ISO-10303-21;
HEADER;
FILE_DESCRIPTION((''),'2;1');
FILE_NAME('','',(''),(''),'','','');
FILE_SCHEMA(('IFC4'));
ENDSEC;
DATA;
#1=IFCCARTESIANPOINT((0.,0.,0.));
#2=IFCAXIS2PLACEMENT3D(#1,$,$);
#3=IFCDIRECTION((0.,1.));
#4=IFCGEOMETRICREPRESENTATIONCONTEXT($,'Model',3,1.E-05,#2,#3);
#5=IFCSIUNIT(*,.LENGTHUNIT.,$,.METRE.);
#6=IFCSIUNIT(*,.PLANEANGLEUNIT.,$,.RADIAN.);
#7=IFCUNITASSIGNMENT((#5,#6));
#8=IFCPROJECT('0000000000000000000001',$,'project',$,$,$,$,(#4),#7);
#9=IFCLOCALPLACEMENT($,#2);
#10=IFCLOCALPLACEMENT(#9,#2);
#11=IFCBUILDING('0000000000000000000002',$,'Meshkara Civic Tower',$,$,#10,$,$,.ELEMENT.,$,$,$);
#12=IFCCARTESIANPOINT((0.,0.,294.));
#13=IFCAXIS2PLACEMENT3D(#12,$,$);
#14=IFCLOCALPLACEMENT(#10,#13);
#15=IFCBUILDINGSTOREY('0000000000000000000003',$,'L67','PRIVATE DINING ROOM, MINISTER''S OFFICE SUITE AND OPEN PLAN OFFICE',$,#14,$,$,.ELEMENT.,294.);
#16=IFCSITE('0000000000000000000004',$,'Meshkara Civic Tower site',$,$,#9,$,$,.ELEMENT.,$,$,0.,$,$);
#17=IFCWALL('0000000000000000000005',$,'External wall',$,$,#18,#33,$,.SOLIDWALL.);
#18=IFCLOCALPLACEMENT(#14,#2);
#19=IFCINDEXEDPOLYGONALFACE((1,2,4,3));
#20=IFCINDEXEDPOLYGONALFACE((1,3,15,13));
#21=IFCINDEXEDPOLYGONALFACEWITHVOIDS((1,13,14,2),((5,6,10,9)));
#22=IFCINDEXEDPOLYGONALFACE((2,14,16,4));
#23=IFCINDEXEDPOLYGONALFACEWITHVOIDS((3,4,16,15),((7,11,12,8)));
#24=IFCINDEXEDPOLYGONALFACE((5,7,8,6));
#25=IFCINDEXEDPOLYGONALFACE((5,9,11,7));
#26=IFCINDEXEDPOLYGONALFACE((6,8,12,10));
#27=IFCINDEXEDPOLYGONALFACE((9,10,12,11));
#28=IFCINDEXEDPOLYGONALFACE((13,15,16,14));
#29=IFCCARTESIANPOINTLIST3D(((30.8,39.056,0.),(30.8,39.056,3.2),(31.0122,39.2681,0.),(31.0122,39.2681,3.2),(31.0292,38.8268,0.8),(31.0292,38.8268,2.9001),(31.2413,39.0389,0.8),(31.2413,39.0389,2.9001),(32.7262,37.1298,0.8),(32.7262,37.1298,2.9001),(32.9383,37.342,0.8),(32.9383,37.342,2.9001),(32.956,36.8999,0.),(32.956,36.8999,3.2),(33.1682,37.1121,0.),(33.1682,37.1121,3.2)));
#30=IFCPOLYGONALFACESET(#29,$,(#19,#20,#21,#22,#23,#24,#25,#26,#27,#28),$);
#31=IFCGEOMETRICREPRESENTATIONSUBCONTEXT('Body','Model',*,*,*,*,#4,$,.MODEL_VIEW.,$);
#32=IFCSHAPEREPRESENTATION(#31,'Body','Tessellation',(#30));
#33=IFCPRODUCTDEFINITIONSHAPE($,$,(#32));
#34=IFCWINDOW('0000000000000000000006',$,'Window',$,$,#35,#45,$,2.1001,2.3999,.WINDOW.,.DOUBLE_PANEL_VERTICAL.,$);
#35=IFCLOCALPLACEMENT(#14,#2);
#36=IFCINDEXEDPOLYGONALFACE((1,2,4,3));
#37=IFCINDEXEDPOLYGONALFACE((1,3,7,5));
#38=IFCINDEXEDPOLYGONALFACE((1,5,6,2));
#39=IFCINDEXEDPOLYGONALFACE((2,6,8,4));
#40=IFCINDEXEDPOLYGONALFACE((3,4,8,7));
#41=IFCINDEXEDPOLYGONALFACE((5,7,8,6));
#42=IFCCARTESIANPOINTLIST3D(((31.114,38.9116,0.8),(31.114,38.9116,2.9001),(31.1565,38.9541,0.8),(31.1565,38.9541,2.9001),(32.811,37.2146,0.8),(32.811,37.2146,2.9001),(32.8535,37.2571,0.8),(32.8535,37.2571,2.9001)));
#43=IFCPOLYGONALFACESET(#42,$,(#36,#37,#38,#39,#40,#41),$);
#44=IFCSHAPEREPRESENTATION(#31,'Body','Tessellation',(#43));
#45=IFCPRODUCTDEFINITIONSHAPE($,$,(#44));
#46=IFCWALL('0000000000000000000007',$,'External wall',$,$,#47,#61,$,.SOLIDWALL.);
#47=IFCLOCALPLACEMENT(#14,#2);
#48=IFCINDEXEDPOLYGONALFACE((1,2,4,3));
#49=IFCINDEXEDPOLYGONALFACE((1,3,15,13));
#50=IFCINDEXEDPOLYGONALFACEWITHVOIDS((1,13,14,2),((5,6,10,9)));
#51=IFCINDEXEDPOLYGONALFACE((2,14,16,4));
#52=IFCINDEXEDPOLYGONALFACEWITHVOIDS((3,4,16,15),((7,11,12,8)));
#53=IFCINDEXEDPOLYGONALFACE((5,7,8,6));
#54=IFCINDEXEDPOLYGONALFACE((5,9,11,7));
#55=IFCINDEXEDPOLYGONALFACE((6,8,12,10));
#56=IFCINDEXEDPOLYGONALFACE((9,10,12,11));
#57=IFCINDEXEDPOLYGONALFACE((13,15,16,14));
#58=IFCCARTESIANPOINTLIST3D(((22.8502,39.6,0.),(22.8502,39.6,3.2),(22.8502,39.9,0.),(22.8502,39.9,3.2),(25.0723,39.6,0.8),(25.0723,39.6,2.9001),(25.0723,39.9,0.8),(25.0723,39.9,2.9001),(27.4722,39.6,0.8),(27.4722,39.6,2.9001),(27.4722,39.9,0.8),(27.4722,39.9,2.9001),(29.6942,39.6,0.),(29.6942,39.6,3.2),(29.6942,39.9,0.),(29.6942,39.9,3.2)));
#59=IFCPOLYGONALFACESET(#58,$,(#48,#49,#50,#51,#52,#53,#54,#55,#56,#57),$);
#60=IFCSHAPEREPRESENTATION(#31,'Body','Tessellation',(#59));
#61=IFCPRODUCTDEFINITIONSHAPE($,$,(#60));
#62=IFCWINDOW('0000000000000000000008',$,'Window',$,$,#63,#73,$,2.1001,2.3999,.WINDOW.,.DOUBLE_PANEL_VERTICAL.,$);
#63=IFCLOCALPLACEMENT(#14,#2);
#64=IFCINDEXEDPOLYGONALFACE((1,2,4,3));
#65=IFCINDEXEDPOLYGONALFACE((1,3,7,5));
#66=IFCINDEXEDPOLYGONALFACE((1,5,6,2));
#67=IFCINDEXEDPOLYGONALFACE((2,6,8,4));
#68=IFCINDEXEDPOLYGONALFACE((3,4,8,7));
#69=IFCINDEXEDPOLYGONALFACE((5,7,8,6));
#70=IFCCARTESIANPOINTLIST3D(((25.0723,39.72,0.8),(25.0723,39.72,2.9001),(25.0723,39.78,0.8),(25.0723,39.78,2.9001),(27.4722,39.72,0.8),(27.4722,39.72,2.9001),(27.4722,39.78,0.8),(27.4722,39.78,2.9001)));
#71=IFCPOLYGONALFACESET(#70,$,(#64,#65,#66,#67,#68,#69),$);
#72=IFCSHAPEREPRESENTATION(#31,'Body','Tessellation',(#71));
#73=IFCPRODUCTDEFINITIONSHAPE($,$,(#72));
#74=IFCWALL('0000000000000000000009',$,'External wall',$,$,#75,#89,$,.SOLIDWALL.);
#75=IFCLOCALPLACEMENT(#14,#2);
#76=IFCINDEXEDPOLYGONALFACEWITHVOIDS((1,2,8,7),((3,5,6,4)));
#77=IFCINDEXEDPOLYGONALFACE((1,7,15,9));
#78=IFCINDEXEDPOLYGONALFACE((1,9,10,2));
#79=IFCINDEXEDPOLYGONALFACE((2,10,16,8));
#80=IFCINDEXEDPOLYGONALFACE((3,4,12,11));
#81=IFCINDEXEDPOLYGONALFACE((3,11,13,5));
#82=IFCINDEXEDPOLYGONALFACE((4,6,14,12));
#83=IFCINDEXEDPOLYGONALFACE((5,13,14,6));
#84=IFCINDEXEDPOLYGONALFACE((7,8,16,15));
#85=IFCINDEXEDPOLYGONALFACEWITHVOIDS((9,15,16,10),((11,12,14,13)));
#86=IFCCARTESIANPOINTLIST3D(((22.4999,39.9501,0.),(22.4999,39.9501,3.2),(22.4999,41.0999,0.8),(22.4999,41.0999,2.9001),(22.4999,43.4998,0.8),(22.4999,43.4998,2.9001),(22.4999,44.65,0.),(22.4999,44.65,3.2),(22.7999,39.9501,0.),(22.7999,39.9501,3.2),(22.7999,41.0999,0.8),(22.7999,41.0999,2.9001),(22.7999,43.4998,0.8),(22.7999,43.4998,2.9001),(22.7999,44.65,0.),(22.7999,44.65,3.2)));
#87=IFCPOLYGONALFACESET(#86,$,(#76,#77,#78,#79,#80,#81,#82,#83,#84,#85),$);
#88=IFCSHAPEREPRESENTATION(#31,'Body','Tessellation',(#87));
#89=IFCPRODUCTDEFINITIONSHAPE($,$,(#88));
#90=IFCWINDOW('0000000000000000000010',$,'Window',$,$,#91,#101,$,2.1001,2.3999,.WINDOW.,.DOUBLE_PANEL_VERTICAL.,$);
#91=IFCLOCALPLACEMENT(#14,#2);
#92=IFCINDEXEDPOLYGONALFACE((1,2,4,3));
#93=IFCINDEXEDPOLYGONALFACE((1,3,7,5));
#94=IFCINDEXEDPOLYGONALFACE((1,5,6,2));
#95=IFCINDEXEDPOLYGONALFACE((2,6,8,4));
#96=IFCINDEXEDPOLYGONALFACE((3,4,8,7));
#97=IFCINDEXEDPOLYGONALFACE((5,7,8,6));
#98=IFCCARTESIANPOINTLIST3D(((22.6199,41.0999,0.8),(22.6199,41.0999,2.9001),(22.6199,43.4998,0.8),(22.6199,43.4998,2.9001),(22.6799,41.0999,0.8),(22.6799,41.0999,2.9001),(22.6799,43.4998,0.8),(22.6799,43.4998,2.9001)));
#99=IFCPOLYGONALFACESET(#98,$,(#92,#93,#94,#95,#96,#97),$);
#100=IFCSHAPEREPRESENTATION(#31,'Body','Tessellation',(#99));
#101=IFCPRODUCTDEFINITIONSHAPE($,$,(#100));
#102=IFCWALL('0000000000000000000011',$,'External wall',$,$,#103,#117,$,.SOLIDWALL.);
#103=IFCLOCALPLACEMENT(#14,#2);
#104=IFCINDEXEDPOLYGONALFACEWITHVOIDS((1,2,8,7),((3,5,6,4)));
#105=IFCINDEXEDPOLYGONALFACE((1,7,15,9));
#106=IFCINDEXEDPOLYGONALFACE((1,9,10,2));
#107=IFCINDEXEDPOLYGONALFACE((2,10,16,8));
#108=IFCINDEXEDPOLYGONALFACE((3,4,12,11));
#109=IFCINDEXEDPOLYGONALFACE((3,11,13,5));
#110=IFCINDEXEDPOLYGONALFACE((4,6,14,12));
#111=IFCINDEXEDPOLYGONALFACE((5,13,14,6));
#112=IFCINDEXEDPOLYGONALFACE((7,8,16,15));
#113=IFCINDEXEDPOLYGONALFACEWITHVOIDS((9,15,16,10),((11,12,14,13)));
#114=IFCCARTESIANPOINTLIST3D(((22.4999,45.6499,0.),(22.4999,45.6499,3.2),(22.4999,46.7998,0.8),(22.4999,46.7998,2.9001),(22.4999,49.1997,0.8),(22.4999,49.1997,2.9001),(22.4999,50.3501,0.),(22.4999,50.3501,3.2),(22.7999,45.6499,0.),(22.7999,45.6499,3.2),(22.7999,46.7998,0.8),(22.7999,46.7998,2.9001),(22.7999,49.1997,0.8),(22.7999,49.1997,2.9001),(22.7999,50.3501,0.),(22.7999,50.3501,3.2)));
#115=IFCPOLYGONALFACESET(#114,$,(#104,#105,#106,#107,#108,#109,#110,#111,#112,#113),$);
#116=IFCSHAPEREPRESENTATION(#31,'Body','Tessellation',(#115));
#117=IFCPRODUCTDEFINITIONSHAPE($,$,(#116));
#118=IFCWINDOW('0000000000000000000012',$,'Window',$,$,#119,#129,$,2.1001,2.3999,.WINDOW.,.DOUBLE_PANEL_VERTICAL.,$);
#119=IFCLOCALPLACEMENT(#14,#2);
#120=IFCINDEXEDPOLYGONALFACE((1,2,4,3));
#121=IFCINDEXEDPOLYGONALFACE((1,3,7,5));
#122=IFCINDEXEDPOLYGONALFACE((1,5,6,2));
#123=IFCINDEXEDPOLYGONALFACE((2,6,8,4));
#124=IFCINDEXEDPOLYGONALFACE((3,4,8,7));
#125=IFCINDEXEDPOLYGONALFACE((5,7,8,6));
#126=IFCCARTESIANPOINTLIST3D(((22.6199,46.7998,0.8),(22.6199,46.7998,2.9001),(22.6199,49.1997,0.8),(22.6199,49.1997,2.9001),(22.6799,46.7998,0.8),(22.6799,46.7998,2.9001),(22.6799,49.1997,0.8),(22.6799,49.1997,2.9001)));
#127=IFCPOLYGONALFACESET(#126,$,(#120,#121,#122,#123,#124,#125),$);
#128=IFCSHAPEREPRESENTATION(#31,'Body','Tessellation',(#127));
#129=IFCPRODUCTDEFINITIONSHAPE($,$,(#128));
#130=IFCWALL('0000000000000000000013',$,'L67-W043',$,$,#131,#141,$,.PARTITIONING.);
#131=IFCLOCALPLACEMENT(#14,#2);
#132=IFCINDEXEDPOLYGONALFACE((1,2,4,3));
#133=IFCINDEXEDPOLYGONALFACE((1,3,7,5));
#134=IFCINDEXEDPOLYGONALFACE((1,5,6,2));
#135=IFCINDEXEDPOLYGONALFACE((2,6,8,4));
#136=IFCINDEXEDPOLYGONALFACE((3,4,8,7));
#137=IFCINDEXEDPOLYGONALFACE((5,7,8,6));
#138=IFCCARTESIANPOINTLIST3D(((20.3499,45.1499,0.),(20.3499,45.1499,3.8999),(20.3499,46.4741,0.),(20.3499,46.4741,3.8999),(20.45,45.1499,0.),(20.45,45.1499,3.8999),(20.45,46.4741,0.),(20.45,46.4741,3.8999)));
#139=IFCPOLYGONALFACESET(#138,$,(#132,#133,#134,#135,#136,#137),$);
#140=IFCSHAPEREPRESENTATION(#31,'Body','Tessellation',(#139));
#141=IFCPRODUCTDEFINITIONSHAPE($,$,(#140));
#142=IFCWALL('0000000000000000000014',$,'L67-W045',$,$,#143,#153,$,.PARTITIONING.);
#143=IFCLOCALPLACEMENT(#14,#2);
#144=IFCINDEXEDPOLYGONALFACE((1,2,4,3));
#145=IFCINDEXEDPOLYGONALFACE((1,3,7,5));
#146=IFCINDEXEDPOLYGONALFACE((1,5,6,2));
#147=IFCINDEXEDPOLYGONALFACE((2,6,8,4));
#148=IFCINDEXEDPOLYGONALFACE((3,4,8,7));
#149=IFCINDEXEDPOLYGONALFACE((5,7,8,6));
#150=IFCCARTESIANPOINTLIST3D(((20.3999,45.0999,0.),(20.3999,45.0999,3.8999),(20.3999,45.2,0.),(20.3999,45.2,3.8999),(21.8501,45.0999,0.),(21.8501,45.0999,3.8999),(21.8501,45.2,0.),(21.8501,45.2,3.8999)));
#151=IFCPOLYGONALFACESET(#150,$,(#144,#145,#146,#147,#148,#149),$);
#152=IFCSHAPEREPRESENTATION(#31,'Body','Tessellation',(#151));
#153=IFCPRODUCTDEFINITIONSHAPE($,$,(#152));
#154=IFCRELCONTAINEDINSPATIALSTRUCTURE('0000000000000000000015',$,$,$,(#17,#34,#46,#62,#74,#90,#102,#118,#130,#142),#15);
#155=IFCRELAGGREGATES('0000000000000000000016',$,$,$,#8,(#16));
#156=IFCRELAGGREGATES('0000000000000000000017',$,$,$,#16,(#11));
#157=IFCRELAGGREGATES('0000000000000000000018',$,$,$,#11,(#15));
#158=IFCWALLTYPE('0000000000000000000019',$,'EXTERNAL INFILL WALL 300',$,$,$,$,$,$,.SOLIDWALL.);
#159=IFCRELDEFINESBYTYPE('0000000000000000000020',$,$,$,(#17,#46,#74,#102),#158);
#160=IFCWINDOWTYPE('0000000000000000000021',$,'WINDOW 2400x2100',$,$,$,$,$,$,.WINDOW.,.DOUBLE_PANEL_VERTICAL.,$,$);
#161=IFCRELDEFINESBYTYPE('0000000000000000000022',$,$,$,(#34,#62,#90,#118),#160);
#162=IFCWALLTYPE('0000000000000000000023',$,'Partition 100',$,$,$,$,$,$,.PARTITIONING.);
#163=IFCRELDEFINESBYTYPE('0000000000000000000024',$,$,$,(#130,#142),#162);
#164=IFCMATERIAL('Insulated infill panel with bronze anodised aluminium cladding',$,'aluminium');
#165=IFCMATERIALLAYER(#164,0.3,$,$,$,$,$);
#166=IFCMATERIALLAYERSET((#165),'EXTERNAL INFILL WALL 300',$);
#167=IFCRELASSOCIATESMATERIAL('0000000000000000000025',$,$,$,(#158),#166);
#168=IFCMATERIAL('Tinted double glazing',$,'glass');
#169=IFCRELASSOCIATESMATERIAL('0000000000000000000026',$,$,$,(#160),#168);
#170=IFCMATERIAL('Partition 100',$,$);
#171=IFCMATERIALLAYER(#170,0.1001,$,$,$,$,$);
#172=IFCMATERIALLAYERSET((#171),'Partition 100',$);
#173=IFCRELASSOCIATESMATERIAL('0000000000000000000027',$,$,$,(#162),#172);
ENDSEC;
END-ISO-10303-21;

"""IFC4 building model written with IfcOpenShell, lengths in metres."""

from ifc_helpers import new_model, si_unit, direction, frame, frame_2d, origin, place, context, subcontext, project, spatial, rectangle, extrude, material, layer, layer_set, type_object, element, fill, save


model = new_model("IFC4")

# Units and contexts
model_context = context("Model", 3, precision=1e-05, world=origin(), true_north=direction((0.0, 1.0)))
body_context = subcontext(model_context, "Body", "Model", "MODEL_VIEW")
ifc_project = project(units=[si_unit("LENGTHUNIT", "METRE"), si_unit("PLANEANGLEUNIT", "RADIAN")], contexts=[model_context])

# Site, building, storey
site_placement = place(None, origin())
site = spatial("IfcSite", under=ifc_project, at=site_placement, Name="Meshkara Civic Tower site", CompositionType="ELEMENT", RefElevation=0.0)
building_placement = place(site_placement, origin())
building = spatial("IfcBuilding", under=site, at=building_placement, Name="Meshkara Civic Tower", CompositionType="ELEMENT")
storey_placement = place(building_placement, frame((0.0, 0.0, 294.0)))
storey = spatial("IfcBuildingStorey", under=building, at=storey_placement, Name="L67", Description="PRIVATE DINING ROOM, MINISTER'S OFFICE SUITE AND OPEN PLAN OFFICE", CompositionType="ELEMENT", Elevation=294.0)

# Walls, openings, windows
ifc_material_1 = material(Name="Insulated infill panel with bronze anodised aluminium cladding", Category="aluminium")
ifc_layer_1 = layer(ifc_material_1, 0.3)
ifc_layer_set_1 = layer_set([ifc_layer_1], Name="EXTERNAL INFILL WALL 300")
wall_type_1 = type_object("IfcWallType", Name="EXTERNAL INFILL WALL 300", PredefinedType="SOLIDWALL", material=ifc_layer_set_1)
wall_1_placement = place(storey_placement, frame((33.062, 37.0061, 0.0), z_axis=(0.0, 0.0, 1.0), x_axis=(-0.707107, 0.707107, 0.0)))
wall_1 = element("IfcWall", 1, at=wall_1_placement, inside=storey, type_object=wall_type_1, Name="External wall", PredefinedType="SOLIDWALL", context=body_context, shape_type="SweptSolid", body=[
    extrude(rectangle(XDim=3.0491, YDim=0.3, at=frame_2d((1.5244, 0.0))), origin(), (0.0, 0.0, 1.0), 3.2),
])
opening_1_placement = place(wall_1_placement, frame((0.325, 0.0, 0.8)))
opening_1 = element("IfcOpeningElement", 2, at=opening_1_placement, cuts=wall_1, PredefinedType="OPENING", context=body_context, shape_type="SweptSolid", body=[
    extrude(rectangle(XDim=2.3999, YDim=2.1001, at=frame_2d((1.2, 1.05))), frame((0.0, 0.1599, 0.0), z_axis=(0.0, -1.0, 0.0), x_axis=(1.0, 0.0, 0.0)), (0.0, 0.0, 1.0), 0.3201),
])
ifc_material_2 = material(Name="Tinted double glazing", Category="glass")
window_type = type_object("IfcWindowType", Name="WINDOW 2400x2100", PartitioningType="DOUBLE_PANEL_VERTICAL", PredefinedType="WINDOW", material=ifc_material_2)
window_1_placement = place(opening_1_placement, origin())
window_1 = element("IfcWindow", 3, at=window_1_placement, inside=storey, type_object=window_type, Name="Window", OverallHeight=2.1001, OverallWidth=2.3999, PartitioningType="DOUBLE_PANEL_VERTICAL", PredefinedType="WINDOW", context=body_context, shape_type="SweptSolid", body=[
    extrude(rectangle(XDim=2.3999, YDim=2.1001, at=frame_2d((1.2, 1.05))), frame((0.0, 0.03, 0.0), z_axis=(0.0, -1.0, 0.0), x_axis=(1.0, 0.0, 0.0)), (0.0, 0.0, 1.0), 0.0601),
])
fill(opening_1, window_1)
wall_2_placement = place(storey_placement, frame((29.6941, 39.75, 0.0), z_axis=(0.0, 0.0, 1.0), x_axis=(-1.0, 0.0, 0.0)))
wall_2 = element("IfcWall", 4, at=wall_2_placement, inside=storey, type_object=wall_type_1, Name="External wall", PredefinedType="SOLIDWALL", context=body_context, shape_type="SweptSolid", body=[
    extrude(rectangle(XDim=6.844, YDim=0.3, at=frame_2d((3.4219, 0.0))), origin(), (0.0, 0.0, 1.0), 3.2),
])
opening_2_placement = place(wall_2_placement, frame((2.2219, 0.0, 0.8)))
opening_2 = element("IfcOpeningElement", 5, at=opening_2_placement, cuts=wall_2, PredefinedType="OPENING", context=body_context, shape_type="SweptSolid", body=[
    extrude(rectangle(XDim=2.3999, YDim=2.1001, at=frame_2d((1.2, 1.05))), frame((0.0, 0.1599, 0.0), z_axis=(0.0, -1.0, 0.0), x_axis=(1.0, 0.0, 0.0)), (0.0, 0.0, 1.0), 0.3201),
])
window_2_placement = place(opening_2_placement, origin())
window_2 = element("IfcWindow", 6, at=window_2_placement, inside=storey, type_object=window_type, Name="Window", OverallHeight=2.1001, OverallWidth=2.3999, PartitioningType="DOUBLE_PANEL_VERTICAL", PredefinedType="WINDOW", context=body_context, shape_type="SweptSolid", body=[
    extrude(rectangle(XDim=2.3999, YDim=2.1001, at=frame_2d((1.2, 1.05))), frame((0.0, 0.03, 0.0), z_axis=(0.0, -1.0, 0.0), x_axis=(1.0, 0.0, 0.0)), (0.0, 0.0, 1.0), 0.0601),
])
fill(opening_2, window_2)
wall_3_placement = place(storey_placement, frame((22.6499, 39.95, 0.0), z_axis=(0.0, 0.0, 1.0), x_axis=(0.0, 1.0, 0.0)))
wall_3 = element("IfcWall", 7, at=wall_3_placement, inside=storey, type_object=wall_type_1, Name="External wall", PredefinedType="SOLIDWALL", context=body_context, shape_type="SweptSolid", body=[
    extrude(rectangle(XDim=4.7, YDim=0.3, at=frame_2d((2.3501, 0.0))), origin(), (0.0, 0.0, 1.0), 3.2),
])
opening_3_placement = place(wall_3_placement, frame((1.1499, 0.0, 0.8)))
opening_3 = element("IfcOpeningElement", 8, at=opening_3_placement, cuts=wall_3, PredefinedType="OPENING", context=body_context, shape_type="SweptSolid", body=[
    extrude(rectangle(XDim=2.3999, YDim=2.1001, at=frame_2d((1.2, 1.05))), frame((0.0, 0.1599, 0.0), z_axis=(0.0, -1.0, 0.0), x_axis=(1.0, 0.0, 0.0)), (0.0, 0.0, 1.0), 0.3201),
])
window_3_placement = place(opening_3_placement, origin())
window_3 = element("IfcWindow", 9, at=window_3_placement, inside=storey, type_object=window_type, Name="Window", OverallHeight=2.1001, OverallWidth=2.3999, PartitioningType="DOUBLE_PANEL_VERTICAL", PredefinedType="WINDOW", context=body_context, shape_type="SweptSolid", body=[
    extrude(rectangle(XDim=2.3999, YDim=2.1001, at=frame_2d((1.2, 1.05))), frame((0.0, 0.03, 0.0), z_axis=(0.0, -1.0, 0.0), x_axis=(1.0, 0.0, 0.0)), (0.0, 0.0, 1.0), 0.0601),
])
fill(opening_3, window_3)
wall_4_placement = place(storey_placement, frame((22.6499, 45.6499, 0.0), z_axis=(0.0, 0.0, 1.0), x_axis=(0.0, 1.0, 0.0)))
wall_4 = element("IfcWall", 10, at=wall_4_placement, inside=storey, type_object=wall_type_1, Name="External wall", PredefinedType="SOLIDWALL", context=body_context, shape_type="SweptSolid", body=[
    extrude(rectangle(XDim=4.7002, YDim=0.3, at=frame_2d((2.3501, 0.0))), origin(), (0.0, 0.0, 1.0), 3.2),
])
opening_4_placement = place(wall_4_placement, frame((1.1499, 0.0, 0.8)))
opening_4 = element("IfcOpeningElement", 11, at=opening_4_placement, cuts=wall_4, PredefinedType="OPENING", context=body_context, shape_type="SweptSolid", body=[
    extrude(rectangle(XDim=2.3999, YDim=2.1001, at=frame_2d((1.2, 1.05))), frame((0.0, 0.1599, 0.0), z_axis=(0.0, -1.0, 0.0), x_axis=(1.0, 0.0, 0.0)), (0.0, 0.0, 1.0), 0.3201),
])
window_4_placement = place(opening_4_placement, origin())
window_4 = element("IfcWindow", 12, at=window_4_placement, inside=storey, type_object=window_type, Name="Window", OverallHeight=2.1001, OverallWidth=2.3999, PartitioningType="DOUBLE_PANEL_VERTICAL", PredefinedType="WINDOW", context=body_context, shape_type="SweptSolid", body=[
    extrude(rectangle(XDim=2.3999, YDim=2.1001, at=frame_2d((1.2, 1.05))), frame((0.0, 0.03, 0.0), z_axis=(0.0, -1.0, 0.0), x_axis=(1.0, 0.0, 0.0)), (0.0, 0.0, 1.0), 0.0601),
])
fill(opening_4, window_4)

# Walls
ifc_material_3 = material(Name="Partition 100")
ifc_layer_2 = layer(ifc_material_3, 0.1001)
ifc_layer_set_2 = layer_set([ifc_layer_2], Name="Partition 100")
wall_type_2 = type_object("IfcWallType", Name="Partition 100", PredefinedType="PARTITIONING", material=ifc_layer_set_2)
wall_5_placement = place(storey_placement, frame((20.3999, 45.1499, 0.0), z_axis=(0.0, 0.0, 1.0), x_axis=(0.0, 1.0, 0.0)))
element("IfcWall", 13, at=wall_5_placement, inside=storey, type_object=wall_type_2, Name="L67-W043", PredefinedType="PARTITIONING", context=body_context, shape_type="SweptSolid", body=[
    extrude(rectangle(XDim=1.3242, YDim=0.1001, at=frame_2d((0.6621, 0.0))), origin(), (0.0, 0.0, 1.0), 3.8999),
])
wall_6_placement = place(storey_placement, frame((21.8501, 45.1499, 0.0), z_axis=(0.0, 0.0, 1.0), x_axis=(-1.0, 0.0, 0.0)))
element("IfcWall", 14, at=wall_6_placement, inside=storey, type_object=wall_type_2, Name="L67-W045", PredefinedType="PARTITIONING", context=body_context, shape_type="SweptSolid", body=[
    extrude(rectangle(XDim=1.4502, YDim=0.1001, at=frame_2d((0.7251, 0.0))), origin(), (0.0, 0.0, 1.0), 3.8999),
])

save(model, "model.ifc")
